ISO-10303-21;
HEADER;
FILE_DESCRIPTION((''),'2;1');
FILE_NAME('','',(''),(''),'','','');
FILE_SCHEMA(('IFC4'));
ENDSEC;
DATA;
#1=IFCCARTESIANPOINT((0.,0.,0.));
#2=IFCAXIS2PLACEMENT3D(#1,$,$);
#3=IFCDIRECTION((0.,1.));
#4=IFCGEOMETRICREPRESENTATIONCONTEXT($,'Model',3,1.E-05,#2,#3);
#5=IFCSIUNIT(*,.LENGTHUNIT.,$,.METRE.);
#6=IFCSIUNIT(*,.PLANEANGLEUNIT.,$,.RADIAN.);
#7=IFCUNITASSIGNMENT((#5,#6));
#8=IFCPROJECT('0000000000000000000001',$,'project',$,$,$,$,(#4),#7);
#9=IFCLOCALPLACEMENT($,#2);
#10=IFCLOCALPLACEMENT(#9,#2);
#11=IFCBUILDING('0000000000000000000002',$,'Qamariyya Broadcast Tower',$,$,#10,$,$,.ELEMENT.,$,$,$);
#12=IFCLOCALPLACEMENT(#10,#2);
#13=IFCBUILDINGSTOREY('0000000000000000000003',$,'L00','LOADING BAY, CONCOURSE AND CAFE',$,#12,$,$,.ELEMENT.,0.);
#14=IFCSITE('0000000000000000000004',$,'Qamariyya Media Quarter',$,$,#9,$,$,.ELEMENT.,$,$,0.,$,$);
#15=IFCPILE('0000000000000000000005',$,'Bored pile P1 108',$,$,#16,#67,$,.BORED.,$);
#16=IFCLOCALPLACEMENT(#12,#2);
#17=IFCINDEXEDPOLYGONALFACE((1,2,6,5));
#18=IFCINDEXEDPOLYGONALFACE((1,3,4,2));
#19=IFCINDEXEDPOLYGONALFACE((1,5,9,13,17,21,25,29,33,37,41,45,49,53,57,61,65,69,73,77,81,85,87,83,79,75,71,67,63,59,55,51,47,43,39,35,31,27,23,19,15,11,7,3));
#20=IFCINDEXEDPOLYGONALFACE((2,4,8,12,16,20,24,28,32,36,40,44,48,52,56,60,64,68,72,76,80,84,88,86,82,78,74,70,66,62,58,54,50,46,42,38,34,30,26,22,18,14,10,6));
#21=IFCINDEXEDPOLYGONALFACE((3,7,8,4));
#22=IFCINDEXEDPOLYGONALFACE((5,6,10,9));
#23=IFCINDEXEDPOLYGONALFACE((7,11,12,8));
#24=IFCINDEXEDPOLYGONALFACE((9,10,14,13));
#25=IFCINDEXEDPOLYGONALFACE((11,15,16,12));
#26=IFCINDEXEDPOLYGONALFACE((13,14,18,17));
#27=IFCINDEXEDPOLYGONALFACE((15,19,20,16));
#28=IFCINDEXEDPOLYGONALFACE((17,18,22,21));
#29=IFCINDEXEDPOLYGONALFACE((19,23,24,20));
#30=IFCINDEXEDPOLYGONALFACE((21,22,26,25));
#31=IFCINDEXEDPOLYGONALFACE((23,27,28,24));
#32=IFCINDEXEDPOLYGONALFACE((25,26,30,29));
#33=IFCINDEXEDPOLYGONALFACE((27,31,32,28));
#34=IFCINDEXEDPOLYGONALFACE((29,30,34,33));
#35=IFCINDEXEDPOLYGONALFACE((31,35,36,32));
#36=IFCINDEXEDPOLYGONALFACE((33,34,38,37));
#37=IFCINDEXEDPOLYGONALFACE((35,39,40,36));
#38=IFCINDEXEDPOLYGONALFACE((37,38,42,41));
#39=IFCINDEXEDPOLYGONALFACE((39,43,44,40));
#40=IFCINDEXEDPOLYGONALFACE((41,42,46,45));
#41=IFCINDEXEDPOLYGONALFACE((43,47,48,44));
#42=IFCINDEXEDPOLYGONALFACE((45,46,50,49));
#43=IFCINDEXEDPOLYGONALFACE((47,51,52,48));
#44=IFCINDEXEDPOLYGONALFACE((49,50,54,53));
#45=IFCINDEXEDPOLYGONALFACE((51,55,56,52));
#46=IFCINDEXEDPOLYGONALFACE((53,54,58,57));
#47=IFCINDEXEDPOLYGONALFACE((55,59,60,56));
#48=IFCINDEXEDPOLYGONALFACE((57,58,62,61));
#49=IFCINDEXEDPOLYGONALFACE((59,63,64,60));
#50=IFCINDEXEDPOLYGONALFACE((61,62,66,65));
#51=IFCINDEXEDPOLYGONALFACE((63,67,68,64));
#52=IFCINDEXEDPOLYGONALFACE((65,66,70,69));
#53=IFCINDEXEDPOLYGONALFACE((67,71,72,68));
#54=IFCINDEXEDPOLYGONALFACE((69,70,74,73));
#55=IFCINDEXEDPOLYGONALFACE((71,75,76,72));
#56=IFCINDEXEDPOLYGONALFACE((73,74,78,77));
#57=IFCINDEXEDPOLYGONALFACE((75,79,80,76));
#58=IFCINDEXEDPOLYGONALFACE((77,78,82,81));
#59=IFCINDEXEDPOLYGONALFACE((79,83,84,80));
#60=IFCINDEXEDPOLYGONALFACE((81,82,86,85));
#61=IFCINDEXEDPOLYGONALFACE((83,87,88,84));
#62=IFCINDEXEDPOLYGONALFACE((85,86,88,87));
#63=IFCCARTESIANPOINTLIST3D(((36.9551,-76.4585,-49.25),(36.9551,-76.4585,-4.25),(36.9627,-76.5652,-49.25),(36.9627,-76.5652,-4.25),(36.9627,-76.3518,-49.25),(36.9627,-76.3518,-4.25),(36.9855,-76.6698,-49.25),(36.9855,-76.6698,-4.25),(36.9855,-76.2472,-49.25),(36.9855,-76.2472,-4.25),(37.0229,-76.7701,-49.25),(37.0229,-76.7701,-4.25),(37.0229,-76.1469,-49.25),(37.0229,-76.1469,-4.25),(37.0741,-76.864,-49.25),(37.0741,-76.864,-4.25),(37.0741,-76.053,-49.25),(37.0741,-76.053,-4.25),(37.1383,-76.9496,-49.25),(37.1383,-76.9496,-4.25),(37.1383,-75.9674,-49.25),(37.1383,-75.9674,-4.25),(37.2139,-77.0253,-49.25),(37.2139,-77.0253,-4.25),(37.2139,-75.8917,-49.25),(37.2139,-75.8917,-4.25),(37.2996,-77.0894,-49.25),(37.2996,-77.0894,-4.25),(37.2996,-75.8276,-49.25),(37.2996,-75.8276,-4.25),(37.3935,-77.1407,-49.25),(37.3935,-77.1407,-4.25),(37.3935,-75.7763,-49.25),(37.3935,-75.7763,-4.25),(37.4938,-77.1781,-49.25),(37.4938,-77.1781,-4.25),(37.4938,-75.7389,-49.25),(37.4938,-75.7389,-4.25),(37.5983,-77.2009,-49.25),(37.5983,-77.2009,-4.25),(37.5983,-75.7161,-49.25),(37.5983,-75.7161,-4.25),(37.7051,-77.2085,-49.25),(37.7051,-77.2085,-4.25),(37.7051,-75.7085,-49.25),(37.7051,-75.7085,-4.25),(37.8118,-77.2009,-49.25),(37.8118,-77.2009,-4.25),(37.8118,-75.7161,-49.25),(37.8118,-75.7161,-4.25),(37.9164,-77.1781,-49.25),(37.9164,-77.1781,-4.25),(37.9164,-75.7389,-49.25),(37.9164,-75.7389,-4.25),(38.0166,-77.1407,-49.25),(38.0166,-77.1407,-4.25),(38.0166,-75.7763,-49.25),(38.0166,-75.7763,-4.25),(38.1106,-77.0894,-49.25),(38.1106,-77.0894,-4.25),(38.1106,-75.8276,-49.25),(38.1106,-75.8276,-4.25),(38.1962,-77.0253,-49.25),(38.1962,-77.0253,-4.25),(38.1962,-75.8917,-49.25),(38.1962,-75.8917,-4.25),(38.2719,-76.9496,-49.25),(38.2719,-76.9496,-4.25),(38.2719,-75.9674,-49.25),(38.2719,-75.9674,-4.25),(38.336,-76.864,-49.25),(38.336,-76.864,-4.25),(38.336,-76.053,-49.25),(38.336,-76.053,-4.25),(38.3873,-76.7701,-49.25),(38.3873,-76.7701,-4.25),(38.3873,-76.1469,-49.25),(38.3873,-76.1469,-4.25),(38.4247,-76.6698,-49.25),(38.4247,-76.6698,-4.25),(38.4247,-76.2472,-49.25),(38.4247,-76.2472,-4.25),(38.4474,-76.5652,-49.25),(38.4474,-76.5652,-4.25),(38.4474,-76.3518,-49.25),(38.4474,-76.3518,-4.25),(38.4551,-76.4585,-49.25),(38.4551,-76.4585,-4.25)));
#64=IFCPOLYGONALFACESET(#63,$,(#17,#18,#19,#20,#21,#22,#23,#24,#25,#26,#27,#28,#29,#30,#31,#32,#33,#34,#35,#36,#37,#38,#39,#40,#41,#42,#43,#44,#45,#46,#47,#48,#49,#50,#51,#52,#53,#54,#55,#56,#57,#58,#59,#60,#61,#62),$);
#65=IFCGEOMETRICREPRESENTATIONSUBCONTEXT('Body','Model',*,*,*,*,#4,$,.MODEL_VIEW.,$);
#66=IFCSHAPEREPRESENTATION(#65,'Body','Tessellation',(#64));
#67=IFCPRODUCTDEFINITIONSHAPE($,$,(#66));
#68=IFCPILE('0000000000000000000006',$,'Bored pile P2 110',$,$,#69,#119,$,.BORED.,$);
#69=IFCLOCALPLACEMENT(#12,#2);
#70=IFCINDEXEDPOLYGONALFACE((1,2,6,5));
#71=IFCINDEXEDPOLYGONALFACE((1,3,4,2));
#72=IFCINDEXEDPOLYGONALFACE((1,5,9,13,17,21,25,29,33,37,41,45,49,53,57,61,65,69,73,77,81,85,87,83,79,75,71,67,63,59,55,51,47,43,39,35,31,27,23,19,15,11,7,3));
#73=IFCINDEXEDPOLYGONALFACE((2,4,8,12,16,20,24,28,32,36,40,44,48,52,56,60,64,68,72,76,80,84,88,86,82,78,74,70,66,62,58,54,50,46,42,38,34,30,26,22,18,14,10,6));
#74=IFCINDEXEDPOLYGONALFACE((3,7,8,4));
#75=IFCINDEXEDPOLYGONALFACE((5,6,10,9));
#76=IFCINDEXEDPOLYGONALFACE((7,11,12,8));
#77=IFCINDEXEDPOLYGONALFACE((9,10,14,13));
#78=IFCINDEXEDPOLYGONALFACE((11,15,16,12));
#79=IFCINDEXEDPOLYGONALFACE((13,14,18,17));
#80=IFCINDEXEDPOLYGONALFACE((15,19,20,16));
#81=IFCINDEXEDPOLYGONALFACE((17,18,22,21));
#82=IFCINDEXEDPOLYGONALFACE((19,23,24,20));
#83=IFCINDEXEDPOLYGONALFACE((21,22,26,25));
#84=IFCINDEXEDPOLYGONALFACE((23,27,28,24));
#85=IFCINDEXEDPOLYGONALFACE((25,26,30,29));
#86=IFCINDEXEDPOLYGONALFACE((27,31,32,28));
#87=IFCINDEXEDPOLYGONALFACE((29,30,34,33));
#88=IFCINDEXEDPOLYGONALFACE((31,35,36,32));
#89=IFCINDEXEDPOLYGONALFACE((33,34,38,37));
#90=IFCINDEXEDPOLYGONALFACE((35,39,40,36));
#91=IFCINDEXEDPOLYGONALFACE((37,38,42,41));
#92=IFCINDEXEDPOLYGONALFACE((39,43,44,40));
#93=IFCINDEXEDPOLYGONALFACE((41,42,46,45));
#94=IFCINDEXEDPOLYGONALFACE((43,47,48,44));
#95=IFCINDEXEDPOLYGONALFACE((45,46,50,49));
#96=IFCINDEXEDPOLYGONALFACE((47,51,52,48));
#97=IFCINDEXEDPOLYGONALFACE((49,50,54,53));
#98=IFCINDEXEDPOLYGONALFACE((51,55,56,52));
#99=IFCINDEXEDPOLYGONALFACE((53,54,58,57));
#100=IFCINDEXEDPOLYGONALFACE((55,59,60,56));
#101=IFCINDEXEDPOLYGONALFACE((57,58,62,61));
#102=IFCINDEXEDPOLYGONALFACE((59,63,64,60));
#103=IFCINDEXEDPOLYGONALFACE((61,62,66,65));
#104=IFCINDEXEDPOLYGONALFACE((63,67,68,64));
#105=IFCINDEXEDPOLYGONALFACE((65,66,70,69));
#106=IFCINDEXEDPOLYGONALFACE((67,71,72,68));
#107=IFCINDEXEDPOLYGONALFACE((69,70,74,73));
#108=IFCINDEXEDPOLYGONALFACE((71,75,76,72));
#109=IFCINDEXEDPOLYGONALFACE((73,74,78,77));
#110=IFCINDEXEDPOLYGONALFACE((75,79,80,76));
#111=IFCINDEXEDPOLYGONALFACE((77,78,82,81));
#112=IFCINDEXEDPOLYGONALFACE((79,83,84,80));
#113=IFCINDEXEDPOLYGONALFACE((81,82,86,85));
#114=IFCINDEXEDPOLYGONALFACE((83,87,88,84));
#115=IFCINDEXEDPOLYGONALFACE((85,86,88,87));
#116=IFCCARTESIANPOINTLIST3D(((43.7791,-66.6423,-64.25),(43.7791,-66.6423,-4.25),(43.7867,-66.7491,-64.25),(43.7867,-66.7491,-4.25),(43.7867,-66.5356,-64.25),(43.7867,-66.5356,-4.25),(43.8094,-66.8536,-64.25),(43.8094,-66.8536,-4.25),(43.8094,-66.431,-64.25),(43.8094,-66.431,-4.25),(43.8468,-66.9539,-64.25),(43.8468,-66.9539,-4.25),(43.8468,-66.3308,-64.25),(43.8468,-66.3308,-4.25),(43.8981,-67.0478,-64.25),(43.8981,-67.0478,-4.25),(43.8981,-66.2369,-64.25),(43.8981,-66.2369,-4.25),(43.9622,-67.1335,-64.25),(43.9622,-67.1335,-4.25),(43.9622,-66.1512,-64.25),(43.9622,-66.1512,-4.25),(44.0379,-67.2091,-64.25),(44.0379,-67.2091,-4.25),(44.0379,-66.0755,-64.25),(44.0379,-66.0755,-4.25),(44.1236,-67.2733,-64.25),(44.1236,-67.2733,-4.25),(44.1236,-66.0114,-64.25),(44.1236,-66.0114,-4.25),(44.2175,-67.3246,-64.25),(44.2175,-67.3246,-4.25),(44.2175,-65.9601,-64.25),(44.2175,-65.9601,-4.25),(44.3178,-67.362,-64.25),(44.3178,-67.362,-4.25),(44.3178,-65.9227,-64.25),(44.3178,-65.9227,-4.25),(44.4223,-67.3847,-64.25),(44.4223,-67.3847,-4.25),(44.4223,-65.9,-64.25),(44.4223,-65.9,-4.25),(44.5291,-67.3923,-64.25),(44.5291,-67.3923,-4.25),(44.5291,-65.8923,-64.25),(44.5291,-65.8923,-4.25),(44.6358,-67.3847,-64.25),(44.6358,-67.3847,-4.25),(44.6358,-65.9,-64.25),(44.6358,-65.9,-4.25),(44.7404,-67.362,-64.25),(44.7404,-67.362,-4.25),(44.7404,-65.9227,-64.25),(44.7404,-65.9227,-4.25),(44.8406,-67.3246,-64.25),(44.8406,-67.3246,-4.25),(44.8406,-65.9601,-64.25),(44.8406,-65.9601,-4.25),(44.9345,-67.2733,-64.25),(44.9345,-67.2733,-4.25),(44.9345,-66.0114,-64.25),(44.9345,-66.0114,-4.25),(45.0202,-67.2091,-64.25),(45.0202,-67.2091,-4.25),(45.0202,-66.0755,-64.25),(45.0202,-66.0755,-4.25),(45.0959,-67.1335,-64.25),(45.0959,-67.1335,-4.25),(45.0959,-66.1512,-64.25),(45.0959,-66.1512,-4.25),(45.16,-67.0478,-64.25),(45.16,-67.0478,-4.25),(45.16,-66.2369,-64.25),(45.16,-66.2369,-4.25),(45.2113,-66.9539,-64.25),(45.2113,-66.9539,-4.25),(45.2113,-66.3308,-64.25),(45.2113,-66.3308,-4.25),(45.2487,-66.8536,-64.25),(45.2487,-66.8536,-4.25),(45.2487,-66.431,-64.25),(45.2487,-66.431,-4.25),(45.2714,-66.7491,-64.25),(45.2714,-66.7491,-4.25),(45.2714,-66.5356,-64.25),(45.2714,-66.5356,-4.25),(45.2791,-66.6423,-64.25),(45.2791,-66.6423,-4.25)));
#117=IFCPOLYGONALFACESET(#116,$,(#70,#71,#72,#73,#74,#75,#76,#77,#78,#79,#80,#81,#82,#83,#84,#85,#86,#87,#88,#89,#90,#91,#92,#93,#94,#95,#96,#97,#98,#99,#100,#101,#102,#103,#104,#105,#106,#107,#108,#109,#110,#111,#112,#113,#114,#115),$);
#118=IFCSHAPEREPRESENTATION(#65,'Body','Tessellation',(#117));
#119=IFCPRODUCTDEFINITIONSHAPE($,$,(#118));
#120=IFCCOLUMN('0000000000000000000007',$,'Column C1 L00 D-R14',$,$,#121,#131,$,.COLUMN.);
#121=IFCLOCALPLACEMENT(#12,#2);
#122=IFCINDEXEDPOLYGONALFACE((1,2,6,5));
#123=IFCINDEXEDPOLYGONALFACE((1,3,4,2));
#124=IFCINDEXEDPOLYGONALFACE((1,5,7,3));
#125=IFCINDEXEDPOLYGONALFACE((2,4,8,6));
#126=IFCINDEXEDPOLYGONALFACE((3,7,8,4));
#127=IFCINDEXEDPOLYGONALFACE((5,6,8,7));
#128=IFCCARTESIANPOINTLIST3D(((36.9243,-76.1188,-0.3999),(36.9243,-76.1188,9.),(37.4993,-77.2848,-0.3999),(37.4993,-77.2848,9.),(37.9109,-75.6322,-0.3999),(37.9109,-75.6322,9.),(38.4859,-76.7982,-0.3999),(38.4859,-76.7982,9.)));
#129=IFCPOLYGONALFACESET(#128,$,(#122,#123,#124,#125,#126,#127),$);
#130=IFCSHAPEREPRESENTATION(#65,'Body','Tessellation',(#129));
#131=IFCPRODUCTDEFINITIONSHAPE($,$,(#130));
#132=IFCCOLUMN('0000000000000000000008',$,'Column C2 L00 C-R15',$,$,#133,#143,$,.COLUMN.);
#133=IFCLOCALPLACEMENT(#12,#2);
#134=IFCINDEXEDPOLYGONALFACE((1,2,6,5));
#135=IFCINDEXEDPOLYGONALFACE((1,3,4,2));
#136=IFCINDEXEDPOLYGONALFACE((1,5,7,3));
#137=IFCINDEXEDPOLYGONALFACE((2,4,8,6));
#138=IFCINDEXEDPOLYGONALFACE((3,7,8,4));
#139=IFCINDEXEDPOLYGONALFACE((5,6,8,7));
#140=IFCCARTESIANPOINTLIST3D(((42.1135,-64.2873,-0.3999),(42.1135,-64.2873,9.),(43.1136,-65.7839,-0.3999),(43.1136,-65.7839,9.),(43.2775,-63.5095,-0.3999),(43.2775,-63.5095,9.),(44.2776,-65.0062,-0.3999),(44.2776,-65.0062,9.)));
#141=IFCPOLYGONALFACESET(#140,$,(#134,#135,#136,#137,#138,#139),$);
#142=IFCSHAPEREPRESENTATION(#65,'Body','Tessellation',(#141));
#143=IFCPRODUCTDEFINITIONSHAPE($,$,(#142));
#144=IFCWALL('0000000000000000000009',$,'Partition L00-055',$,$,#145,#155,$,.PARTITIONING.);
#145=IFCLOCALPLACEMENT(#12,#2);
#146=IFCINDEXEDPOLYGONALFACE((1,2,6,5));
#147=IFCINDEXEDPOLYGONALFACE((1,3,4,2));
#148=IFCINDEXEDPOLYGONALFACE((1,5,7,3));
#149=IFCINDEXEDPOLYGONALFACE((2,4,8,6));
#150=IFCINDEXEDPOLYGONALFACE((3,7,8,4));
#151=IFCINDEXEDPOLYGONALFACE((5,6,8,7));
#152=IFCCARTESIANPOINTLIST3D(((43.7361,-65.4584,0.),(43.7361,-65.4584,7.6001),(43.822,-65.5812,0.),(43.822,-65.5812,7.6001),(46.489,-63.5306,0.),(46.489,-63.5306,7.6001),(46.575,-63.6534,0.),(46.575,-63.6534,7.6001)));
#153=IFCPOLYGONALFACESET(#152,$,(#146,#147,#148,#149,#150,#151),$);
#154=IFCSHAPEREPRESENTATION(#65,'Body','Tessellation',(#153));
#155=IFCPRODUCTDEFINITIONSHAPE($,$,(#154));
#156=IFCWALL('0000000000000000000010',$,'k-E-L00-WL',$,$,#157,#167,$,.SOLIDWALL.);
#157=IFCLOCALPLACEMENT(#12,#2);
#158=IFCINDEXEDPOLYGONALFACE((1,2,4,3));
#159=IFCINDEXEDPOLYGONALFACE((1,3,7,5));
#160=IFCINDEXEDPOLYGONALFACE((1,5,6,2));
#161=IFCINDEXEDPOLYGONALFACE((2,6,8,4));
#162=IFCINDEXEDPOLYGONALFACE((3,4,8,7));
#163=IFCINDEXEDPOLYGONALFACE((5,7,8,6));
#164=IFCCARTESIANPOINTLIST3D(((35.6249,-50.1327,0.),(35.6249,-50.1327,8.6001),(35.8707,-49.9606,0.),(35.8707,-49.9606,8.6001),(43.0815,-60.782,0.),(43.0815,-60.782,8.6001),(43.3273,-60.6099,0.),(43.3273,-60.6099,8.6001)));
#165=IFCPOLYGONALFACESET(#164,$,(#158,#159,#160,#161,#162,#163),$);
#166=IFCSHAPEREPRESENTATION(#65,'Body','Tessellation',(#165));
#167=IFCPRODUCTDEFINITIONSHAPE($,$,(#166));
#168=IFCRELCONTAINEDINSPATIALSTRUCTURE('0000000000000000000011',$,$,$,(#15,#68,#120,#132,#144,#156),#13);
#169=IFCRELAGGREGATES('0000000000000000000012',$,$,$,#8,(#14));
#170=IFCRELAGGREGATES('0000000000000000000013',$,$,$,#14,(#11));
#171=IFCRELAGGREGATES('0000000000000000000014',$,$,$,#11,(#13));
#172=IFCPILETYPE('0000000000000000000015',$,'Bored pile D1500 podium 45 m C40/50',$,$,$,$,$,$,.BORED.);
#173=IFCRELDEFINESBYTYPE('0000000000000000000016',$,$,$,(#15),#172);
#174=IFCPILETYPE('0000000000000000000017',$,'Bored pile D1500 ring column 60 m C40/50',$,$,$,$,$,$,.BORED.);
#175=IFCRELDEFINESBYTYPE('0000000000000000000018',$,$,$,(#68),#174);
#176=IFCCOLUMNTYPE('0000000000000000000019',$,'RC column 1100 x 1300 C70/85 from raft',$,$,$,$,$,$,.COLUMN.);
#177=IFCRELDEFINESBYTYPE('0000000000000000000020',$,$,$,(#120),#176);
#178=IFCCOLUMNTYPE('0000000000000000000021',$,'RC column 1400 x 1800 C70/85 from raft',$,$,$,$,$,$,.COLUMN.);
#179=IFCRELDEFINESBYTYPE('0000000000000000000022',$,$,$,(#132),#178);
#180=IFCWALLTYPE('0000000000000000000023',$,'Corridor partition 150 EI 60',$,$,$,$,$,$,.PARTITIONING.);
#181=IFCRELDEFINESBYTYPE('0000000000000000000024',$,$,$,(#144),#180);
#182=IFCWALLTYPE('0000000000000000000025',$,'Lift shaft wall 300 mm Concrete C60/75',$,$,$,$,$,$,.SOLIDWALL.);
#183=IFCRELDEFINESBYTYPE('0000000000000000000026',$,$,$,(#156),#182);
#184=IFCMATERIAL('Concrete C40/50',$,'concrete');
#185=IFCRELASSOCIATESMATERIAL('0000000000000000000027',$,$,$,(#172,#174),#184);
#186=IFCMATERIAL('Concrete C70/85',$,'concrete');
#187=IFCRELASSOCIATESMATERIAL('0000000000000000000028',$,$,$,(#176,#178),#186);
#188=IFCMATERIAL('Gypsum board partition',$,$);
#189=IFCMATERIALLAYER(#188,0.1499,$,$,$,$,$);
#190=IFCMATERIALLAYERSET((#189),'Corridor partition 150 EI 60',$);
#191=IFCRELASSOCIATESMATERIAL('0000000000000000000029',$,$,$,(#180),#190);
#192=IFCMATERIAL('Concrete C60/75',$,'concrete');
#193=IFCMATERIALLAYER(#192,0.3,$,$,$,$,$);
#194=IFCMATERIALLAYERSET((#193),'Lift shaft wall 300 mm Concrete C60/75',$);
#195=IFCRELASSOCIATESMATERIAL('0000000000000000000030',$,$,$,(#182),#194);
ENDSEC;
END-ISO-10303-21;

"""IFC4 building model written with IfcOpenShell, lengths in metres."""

from ifc_helpers import new_model, si_unit, direction, frame, frame_2d, origin, origin_2d, place, context, subcontext, project, spatial, rectangle, circle, extrude, material, layer, layer_set, material_profile, profile_set, type_object, element, save


model = new_model("IFC4")

# Units and contexts
model_context = context("Model", 3, precision=1e-05, world=origin(), true_north=direction((0.0, 1.0)))
body_context = subcontext(model_context, "Body", "Model", "MODEL_VIEW")
ifc_project = project(units=[si_unit("LENGTHUNIT", "METRE"), si_unit("PLANEANGLEUNIT", "RADIAN")], contexts=[model_context])

# Site, building, storey
site_placement = place(None, origin())
site = spatial("IfcSite", under=ifc_project, at=site_placement, Name="Qamariyya Media Quarter", CompositionType="ELEMENT", RefElevation=0.0)
building_placement = place(site_placement, origin())
building = spatial("IfcBuilding", under=site, at=building_placement, Name="Qamariyya Broadcast Tower", CompositionType="ELEMENT")
storey_placement = place(building_placement, origin())
storey = spatial("IfcBuildingStorey", under=building, at=storey_placement, Name="L00", Description="LOADING BAY, CONCOURSE AND CAFE", CompositionType="ELEMENT", Elevation=0.0)

# Piles
ifc_material_1 = material(Name="Concrete C40/50", Category="concrete")
ifc_material_profile_1 = material_profile(ifc_material_1, circle(Radius=0.75, at=origin_2d()))
ifc_profile_set_1 = profile_set([ifc_material_profile_1], Name="Concrete C40/50")
pile_type_1 = type_object("IfcPileType", Name="Bored pile D1500 podium 45 m C40/50", PredefinedType="BORED", material=ifc_profile_set_1)
pile_1_placement = place(storey_placement, frame((37.7051, -76.4585, -4.25), z_axis=(0.0, 0.0, -1.0), x_axis=(1.0, 0.0, 0.0)))
element("IfcPile", 1, at=pile_1_placement, inside=storey, type_object=pile_type_1, Name="Bored pile P1 108", PredefinedType="BORED", context=body_context, shape_type="SweptSolid", body=[
    extrude(circle(Radius=0.75, at=origin_2d()), origin(), (0.0, 0.0, 1.0), 45.0),
])
ifc_material_profile_2 = material_profile(ifc_material_1, circle(Radius=0.75, at=origin_2d()))
ifc_profile_set_2 = profile_set([ifc_material_profile_2], Name="Concrete C40/50")
pile_type_2 = type_object("IfcPileType", Name="Bored pile D1500 ring column 60 m C40/50", PredefinedType="BORED", material=ifc_profile_set_2)
pile_2_placement = place(storey_placement, frame((44.5291, -66.6423, -4.25), z_axis=(0.0, 0.0, -1.0), x_axis=(1.0, 0.0, 0.0)))
element("IfcPile", 2, at=pile_2_placement, inside=storey, type_object=pile_type_2, Name="Bored pile P2 110", PredefinedType="BORED", context=body_context, shape_type="SweptSolid", body=[
    extrude(circle(Radius=0.75, at=origin_2d()), origin(), (0.0, 0.0, 1.0), 60.0),
])

# Columns
ifc_material_2 = material(Name="Concrete C70/85", Category="concrete")
ifc_material_profile_3 = material_profile(ifc_material_2, rectangle(XDim=1.1001, YDim=1.3, at=origin_2d()))
ifc_profile_set_3 = profile_set([ifc_material_profile_3], Name="Concrete C70/85")
column_type_1 = type_object("IfcColumnType", Name="RC column 1100 x 1300 C70/85 from raft", PredefinedType="COLUMN", material=ifc_profile_set_3)
column_1_placement = place(storey_placement, frame((37.7051, -76.4585, -0.3999), z_axis=(0.0, 0.0, 1.0), x_axis=(0.896873, 0.442289, 0.0)))
element("IfcColumn", 3, at=column_1_placement, inside=storey, type_object=column_type_1, Name="Column C1 L00 D-R14", PredefinedType="COLUMN", context=body_context, shape_type="SweptSolid", body=[
    extrude(rectangle(XDim=1.1001, YDim=1.3, at=origin_2d()), origin(), (0.0, 0.0, 1.0), 9.3999),
])
ifc_material_profile_4 = material_profile(ifc_material_2, rectangle(XDim=1.3999, YDim=1.8, at=origin_2d()))
ifc_profile_set_4 = profile_set([ifc_material_profile_4], Name="Concrete C70/85")
column_type_2 = type_object("IfcColumnType", Name="RC column 1400 x 1800 C70/85 from raft", PredefinedType="COLUMN", material=ifc_profile_set_4)
column_2_placement = place(storey_placement, frame((43.1956, -64.6467, -0.3999), z_axis=(0.0, 0.0, 1.0), x_axis=(0.83147, 0.55557, 0.0)))
element("IfcColumn", 4, at=column_2_placement, inside=storey, type_object=column_type_2, Name="Column C2 L00 C-R15", PredefinedType="COLUMN", context=body_context, shape_type="SweptSolid", body=[
    extrude(rectangle(XDim=1.3999, YDim=1.8, at=origin_2d()), origin(), (0.0, 0.0, 1.0), 9.3999),
])

# Walls
ifc_material_3 = material(Name="Gypsum board partition")
ifc_layer_1 = layer(ifc_material_3, 0.1499)
ifc_layer_set_1 = layer_set([ifc_layer_1], Name="Corridor partition 150 EI 60")
wall_type_1 = type_object("IfcWallType", Name="Corridor partition 150 EI 60", PredefinedType="PARTITIONING", material=ifc_layer_set_1)
wall_1_placement = place(storey_placement, frame((43.7791, -65.5198, 0.0), z_axis=(0.0, 0.0, 1.0), x_axis=(0.819136, 0.573599, 0.0)))
element("IfcWall", 5, at=wall_1_placement, inside=storey, type_object=wall_type_1, Name="Partition L00-055", PredefinedType="PARTITIONING", context=body_context, shape_type="SweptSolid", body=[
    extrude(rectangle(XDim=3.3608, YDim=0.1499, at=frame_2d((1.6804, 0.0))), origin(), (0.0, 0.0, 1.0), 7.6001),
])
ifc_material_4 = material(Name="Concrete C60/75", Category="concrete")
ifc_layer_2 = layer(ifc_material_4, 0.3)
ifc_layer_set_2 = layer_set([ifc_layer_2], Name="Lift shaft wall 300 mm Concrete C60/75")
wall_type_2 = type_object("IfcWallType", Name="Lift shaft wall 300 mm Concrete C60/75", PredefinedType="SOLIDWALL", material=ifc_layer_set_2)
wall_2_placement = place(storey_placement, frame((43.2043, -60.6958, 0.0), z_axis=(0.0, 0.0, 1.0), x_axis=(-0.573572, 0.819155, 0.0)))
element("IfcWall", 6, at=wall_2_placement, inside=storey, type_object=wall_type_2, Name="k-E-L00-WL", PredefinedType="SOLIDWALL", context=body_context, shape_type="SweptSolid", body=[
    extrude(rectangle(XDim=13.0002, YDim=0.3, at=frame_2d((6.5, 0.0))), origin(), (0.0, 0.0, 1.0), 8.6001),
])

save(model, "model.ifc")
